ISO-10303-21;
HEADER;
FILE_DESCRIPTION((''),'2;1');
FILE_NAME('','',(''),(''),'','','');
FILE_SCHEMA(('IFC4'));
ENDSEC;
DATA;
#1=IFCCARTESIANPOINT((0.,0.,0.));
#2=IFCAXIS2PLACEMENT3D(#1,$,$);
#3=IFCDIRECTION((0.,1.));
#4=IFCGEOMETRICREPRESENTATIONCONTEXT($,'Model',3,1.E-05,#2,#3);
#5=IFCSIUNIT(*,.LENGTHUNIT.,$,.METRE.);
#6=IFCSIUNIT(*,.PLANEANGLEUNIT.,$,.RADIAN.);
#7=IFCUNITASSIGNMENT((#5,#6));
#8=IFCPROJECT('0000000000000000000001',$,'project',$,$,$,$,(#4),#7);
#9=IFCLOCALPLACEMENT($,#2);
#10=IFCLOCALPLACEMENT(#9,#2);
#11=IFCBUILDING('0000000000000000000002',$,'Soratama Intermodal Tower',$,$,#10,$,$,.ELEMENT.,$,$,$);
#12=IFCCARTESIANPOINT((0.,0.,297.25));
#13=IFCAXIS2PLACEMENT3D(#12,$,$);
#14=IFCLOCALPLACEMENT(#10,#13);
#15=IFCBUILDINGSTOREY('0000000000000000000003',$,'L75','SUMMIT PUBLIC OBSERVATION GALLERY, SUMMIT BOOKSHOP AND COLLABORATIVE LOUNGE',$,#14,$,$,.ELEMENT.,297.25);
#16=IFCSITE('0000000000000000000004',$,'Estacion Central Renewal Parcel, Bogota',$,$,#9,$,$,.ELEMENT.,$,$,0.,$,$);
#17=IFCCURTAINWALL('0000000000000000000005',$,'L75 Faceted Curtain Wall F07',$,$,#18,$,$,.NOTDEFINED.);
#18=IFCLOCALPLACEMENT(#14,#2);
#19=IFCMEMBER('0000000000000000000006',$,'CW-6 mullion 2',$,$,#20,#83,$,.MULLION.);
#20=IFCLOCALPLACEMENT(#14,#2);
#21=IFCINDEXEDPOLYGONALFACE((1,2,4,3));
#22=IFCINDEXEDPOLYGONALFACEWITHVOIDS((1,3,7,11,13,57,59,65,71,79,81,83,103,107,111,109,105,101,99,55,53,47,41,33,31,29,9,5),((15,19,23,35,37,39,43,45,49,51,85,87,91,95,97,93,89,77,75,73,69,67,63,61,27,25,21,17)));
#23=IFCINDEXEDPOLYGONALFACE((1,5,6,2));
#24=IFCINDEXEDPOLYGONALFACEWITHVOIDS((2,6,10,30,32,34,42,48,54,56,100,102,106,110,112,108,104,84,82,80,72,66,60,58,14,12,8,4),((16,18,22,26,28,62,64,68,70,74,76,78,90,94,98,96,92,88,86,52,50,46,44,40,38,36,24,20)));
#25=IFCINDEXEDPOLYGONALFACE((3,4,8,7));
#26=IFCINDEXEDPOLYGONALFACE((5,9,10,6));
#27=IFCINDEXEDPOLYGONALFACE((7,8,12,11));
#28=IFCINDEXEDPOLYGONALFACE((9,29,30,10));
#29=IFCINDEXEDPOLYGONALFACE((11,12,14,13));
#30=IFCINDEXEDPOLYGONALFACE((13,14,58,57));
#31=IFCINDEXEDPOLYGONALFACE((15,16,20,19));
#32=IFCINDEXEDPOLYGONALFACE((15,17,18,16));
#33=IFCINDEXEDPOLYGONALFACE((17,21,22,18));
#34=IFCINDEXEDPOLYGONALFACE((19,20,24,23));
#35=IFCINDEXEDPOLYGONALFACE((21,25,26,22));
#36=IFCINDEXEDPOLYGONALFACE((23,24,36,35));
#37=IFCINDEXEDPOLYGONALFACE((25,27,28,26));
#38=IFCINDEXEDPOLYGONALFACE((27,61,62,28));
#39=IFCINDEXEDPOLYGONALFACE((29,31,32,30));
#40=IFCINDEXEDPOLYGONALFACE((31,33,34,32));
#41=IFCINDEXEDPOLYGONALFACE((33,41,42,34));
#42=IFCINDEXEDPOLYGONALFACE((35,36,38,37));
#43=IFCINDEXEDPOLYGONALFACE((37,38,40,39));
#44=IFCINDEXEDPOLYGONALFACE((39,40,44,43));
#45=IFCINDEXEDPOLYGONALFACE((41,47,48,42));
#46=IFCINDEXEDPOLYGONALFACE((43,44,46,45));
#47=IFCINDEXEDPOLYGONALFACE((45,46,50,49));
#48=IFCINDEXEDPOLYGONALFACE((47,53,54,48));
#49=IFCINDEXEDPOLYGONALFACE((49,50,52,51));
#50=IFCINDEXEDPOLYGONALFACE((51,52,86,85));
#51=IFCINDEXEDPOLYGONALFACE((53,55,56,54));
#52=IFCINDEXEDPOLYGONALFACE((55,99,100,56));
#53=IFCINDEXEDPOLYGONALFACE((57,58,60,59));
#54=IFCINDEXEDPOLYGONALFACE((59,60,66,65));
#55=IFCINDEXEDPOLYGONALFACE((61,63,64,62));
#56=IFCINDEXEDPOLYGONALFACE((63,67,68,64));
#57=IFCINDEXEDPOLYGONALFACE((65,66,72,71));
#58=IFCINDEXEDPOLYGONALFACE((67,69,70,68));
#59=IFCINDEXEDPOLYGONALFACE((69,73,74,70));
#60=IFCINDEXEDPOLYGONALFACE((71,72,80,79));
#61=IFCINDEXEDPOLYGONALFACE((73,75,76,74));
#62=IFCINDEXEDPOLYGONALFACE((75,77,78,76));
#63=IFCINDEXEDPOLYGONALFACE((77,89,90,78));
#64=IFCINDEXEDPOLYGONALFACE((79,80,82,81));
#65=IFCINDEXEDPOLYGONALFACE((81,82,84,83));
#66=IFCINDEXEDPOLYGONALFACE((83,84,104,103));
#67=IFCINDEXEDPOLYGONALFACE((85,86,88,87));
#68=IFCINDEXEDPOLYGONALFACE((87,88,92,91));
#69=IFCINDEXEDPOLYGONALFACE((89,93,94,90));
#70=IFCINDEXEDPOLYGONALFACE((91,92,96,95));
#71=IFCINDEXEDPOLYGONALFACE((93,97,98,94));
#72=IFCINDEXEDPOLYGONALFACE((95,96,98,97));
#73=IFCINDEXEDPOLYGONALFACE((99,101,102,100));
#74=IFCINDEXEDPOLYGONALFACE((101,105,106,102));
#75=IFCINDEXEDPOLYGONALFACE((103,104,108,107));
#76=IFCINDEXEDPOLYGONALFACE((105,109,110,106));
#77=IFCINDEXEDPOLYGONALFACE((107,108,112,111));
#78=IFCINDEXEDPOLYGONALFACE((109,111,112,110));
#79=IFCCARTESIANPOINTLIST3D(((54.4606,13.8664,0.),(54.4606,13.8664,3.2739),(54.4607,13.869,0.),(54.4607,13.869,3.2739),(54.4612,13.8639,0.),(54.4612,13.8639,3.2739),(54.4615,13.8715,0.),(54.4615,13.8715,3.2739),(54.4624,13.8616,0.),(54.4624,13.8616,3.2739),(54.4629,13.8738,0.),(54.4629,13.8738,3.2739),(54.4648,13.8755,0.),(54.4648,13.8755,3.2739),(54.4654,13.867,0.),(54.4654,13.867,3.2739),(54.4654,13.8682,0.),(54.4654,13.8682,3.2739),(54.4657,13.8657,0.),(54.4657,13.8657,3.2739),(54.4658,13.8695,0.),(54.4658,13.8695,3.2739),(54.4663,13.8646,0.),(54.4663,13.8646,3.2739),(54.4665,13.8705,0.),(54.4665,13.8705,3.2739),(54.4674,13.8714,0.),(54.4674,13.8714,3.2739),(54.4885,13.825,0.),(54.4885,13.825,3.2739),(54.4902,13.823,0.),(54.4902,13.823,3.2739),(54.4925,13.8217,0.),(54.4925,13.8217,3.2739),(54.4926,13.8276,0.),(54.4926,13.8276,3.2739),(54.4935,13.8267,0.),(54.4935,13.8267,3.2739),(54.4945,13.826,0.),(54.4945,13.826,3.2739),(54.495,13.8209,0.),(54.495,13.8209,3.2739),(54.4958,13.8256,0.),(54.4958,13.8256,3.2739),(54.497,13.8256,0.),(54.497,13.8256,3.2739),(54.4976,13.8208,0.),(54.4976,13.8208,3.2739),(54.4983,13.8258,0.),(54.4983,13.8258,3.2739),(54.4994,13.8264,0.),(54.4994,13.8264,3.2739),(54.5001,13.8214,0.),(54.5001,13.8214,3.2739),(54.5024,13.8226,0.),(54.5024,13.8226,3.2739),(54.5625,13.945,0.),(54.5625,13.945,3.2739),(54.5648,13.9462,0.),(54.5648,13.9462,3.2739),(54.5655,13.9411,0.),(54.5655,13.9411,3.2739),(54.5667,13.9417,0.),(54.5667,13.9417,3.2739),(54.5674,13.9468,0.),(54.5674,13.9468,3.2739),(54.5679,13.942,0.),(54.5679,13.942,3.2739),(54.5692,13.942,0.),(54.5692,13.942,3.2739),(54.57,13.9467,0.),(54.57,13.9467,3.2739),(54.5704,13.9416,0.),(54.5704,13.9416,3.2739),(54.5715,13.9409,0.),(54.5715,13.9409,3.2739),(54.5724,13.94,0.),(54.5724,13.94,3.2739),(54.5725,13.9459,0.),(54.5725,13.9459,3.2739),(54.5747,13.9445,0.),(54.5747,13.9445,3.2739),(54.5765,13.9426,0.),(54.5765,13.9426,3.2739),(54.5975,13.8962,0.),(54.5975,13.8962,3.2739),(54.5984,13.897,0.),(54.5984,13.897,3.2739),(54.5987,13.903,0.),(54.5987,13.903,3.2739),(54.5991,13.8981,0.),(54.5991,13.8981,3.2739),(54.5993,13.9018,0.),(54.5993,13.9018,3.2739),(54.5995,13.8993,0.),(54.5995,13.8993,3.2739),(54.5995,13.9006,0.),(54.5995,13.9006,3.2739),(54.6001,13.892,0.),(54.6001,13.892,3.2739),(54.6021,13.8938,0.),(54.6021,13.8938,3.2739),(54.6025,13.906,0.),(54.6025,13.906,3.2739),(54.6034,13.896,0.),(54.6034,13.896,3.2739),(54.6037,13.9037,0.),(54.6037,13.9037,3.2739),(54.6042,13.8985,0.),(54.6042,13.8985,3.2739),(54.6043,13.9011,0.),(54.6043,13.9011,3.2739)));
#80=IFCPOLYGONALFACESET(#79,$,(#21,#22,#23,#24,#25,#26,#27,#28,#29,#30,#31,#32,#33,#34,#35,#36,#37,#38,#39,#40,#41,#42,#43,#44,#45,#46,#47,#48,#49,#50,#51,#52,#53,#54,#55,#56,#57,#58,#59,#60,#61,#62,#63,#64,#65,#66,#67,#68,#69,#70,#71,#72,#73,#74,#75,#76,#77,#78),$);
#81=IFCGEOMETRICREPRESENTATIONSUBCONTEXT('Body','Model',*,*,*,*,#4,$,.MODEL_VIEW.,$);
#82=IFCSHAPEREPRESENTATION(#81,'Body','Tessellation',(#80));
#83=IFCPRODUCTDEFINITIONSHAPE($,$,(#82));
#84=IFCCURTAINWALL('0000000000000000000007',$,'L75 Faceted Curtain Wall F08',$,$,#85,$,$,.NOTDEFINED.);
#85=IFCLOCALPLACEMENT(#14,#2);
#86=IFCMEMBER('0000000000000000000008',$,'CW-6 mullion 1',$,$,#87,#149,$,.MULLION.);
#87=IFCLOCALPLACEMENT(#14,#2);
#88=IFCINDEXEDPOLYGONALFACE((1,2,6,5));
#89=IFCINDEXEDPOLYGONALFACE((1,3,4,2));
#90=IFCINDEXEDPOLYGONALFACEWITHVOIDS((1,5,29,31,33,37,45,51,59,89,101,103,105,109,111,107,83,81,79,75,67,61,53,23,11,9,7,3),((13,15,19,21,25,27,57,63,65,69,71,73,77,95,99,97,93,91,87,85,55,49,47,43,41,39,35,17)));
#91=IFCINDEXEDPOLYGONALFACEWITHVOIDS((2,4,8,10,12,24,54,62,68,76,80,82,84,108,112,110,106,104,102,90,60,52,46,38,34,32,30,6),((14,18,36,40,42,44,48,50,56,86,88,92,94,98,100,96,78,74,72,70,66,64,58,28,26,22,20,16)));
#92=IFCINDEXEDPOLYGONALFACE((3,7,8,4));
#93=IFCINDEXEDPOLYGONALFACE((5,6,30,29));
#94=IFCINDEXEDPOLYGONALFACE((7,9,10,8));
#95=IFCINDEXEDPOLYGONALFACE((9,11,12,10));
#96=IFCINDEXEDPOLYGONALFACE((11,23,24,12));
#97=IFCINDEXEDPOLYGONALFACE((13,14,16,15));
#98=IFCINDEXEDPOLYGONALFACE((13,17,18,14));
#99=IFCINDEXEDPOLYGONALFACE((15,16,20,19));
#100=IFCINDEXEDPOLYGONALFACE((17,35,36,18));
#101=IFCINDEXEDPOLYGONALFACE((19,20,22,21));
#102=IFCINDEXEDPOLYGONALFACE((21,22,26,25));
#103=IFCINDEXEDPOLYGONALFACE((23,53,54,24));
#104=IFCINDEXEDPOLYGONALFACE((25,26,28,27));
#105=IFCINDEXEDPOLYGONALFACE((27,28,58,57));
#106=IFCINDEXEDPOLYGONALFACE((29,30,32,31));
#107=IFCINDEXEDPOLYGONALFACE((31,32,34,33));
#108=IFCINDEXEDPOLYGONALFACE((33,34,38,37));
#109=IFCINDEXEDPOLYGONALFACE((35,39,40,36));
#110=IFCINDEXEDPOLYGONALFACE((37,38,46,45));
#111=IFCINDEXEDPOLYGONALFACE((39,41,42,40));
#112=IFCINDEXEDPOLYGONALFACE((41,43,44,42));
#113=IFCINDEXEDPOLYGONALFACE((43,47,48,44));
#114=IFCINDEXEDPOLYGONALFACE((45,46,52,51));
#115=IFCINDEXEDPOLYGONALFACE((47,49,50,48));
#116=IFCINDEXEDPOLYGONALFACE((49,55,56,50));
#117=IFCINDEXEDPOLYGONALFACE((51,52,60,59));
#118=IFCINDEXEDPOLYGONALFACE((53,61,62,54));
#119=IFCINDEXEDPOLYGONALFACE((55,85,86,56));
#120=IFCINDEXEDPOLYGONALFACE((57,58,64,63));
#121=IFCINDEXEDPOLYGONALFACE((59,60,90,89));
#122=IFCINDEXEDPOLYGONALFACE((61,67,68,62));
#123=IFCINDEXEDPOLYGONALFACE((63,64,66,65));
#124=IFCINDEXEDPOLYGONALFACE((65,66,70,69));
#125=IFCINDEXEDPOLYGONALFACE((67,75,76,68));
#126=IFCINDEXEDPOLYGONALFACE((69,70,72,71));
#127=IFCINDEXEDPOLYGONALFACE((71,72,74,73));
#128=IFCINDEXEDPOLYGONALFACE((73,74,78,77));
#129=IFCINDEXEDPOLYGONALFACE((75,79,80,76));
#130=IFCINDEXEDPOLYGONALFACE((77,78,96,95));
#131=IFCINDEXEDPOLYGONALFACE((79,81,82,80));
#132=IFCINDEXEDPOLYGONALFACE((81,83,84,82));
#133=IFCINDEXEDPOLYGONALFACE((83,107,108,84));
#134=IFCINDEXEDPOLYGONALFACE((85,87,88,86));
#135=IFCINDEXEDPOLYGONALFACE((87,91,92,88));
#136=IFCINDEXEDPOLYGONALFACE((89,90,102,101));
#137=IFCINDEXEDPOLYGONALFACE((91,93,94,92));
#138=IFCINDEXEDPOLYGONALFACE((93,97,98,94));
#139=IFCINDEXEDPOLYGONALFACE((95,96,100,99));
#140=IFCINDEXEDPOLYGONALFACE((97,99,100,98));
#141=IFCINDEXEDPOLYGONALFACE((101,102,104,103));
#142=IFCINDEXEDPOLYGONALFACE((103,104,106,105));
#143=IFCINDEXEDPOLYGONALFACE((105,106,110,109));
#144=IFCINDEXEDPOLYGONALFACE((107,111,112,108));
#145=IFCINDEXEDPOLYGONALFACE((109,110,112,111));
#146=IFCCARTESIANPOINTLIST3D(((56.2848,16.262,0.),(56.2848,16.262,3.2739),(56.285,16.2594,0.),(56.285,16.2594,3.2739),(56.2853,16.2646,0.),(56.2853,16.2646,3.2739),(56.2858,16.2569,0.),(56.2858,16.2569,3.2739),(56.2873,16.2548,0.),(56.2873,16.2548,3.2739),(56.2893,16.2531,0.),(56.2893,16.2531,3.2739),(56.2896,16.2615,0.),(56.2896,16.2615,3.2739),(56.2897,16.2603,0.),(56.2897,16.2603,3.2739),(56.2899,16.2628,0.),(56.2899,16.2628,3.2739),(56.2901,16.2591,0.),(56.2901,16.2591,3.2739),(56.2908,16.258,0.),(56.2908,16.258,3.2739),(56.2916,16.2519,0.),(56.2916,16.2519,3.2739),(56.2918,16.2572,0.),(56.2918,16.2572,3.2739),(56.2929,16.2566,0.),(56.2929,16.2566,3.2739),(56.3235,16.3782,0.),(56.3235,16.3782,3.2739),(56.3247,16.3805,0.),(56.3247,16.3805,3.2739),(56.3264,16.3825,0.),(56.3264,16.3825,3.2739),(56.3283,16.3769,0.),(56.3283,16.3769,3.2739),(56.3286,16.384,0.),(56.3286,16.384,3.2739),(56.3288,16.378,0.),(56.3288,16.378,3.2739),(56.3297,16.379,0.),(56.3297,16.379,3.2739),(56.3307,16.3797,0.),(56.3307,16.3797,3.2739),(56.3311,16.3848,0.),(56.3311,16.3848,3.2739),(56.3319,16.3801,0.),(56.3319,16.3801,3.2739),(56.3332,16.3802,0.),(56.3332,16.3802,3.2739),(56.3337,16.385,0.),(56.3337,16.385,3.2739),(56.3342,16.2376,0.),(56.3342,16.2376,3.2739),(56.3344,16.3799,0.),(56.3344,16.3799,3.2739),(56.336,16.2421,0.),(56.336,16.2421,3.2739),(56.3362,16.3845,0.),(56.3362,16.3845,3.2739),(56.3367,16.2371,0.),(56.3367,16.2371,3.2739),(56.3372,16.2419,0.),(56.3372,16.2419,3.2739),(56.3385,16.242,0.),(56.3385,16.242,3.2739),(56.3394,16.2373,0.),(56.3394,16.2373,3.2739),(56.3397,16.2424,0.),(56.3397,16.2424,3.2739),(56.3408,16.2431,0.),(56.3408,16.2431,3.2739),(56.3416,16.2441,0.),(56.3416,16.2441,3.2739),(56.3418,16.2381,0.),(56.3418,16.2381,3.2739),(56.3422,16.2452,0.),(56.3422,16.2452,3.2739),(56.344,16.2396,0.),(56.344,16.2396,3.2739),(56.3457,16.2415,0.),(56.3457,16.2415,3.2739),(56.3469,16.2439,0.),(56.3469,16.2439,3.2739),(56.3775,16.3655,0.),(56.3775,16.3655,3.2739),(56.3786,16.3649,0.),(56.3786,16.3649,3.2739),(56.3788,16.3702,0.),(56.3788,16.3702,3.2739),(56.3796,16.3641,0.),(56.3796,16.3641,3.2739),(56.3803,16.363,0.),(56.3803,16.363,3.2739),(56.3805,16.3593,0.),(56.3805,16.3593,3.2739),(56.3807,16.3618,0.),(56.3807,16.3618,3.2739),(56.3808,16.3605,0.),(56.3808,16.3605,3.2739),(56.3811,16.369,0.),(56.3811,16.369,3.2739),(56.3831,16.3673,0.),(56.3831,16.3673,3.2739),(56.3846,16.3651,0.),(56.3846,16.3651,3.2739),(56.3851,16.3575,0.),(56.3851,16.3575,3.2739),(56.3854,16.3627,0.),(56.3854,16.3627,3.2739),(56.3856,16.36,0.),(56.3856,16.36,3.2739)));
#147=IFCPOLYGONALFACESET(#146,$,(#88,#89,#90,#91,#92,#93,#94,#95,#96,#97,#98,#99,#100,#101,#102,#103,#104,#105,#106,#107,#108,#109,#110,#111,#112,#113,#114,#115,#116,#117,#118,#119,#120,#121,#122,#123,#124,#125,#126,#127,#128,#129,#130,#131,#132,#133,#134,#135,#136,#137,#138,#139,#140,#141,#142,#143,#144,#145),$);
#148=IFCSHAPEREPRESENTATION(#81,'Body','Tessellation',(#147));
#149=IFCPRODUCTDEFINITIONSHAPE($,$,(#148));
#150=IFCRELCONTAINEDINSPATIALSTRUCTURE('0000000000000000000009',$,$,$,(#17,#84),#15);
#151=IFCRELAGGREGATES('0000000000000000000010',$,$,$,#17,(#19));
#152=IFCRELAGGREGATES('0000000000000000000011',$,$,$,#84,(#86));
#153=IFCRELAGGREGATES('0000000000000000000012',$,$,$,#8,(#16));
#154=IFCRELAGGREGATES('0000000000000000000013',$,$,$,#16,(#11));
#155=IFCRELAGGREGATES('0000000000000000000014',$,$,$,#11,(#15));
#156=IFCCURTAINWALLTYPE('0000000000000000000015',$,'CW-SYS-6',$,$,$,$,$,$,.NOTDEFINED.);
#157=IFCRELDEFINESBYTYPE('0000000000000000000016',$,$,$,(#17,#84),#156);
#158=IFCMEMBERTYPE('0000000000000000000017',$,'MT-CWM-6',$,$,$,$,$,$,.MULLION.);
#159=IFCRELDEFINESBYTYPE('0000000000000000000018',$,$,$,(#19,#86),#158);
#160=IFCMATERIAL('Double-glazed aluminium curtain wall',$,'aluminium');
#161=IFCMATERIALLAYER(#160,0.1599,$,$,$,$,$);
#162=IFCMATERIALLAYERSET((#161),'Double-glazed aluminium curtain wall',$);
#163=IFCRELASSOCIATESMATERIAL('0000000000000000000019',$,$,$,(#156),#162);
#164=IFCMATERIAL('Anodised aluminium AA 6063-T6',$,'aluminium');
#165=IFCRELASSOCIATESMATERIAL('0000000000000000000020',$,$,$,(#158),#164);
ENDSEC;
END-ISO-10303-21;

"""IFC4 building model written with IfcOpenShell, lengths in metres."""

from ifc_helpers import new_model, si_unit, direction, frame, origin, origin_2d, place, context, subcontext, project, spatial, hollow_rectangle, extrude, material, layer, layer_set, material_profile, profile_set, type_object, element, aggregate, save


model = new_model("IFC4")

# Units and contexts
model_context = context("Model", 3, precision=1e-05, world=origin(), true_north=direction((0.0, 1.0)))
body_context = subcontext(model_context, "Body", "Model", "MODEL_VIEW")
ifc_project = project(units=[si_unit("LENGTHUNIT", "METRE"), si_unit("PLANEANGLEUNIT", "RADIAN")], contexts=[model_context])

# Site, building, storey
site_placement = place(None, origin())
site = spatial("IfcSite", under=ifc_project, at=site_placement, Name="Estacion Central Renewal Parcel, Bogota", CompositionType="ELEMENT", RefElevation=0.0)
building_placement = place(site_placement, origin())
building = spatial("IfcBuilding", under=site, at=building_placement, Name="Soratama Intermodal Tower", CompositionType="ELEMENT")
storey_placement = place(building_placement, frame((0.0, 0.0, 297.25)))
storey = spatial("IfcBuildingStorey", under=building, at=storey_placement, Name="L75", Description="SUMMIT PUBLIC OBSERVATION GALLERY, SUMMIT BOOKSHOP AND COLLABORATIVE LOUNGE", CompositionType="ELEMENT", Elevation=297.25)

# Curtain walls, members
ifc_material_1 = material(Name="Double-glazed aluminium curtain wall", Category="aluminium")
ifc_layer_1 = layer(ifc_material_1, 0.1599)
ifc_layer_set_1 = layer_set([ifc_layer_1], Name="Double-glazed aluminium curtain wall")
curtain_wall_type = type_object("IfcCurtainWallType", Name="CW-SYS-6", PredefinedType="NOTDEFINED", material=ifc_layer_set_1)
curtain_wall_1_placement = place(storey_placement, origin())
curtain_wall_1 = element("IfcCurtainWall", 1, at=curtain_wall_1_placement, inside=storey, type_object=curtain_wall_type, Name="L75 Faceted Curtain Wall F07", PredefinedType="NOTDEFINED")
ifc_material_2 = material(Name="Anodised aluminium AA 6063-T6", Category="aluminium")
ifc_material_profile_1 = material_profile(ifc_material_2, hollow_rectangle(XDim=0.0649, YDim=0.1399, WallThickness=0.0049, InnerFilletRadius=0.0049, OuterFilletRadius=0.01, at=origin_2d()), Name="CWM140X65X5")
ifc_profile_set_1 = profile_set([ifc_material_profile_1], Name="Anodised aluminium AA 6063-T6")
member_type_1 = type_object("IfcMemberType", Name="MT-CWM-6", PredefinedType="MULLION", material=ifc_profile_set_1)
member_1_placement = place(storey_placement, frame((54.5325, 13.8838, 0.0), z_axis=(0.0, 0.0, 1.0), x_axis=(-0.579286, 0.815124, 0.0)))
member_1 = element("IfcMember", 2, at=member_1_placement, type_object=member_type_1, Name="CW-6 mullion 2", PredefinedType="MULLION", context=body_context, shape_type="SweptSolid", body=[
    extrude(hollow_rectangle(XDim=0.0649, YDim=0.1399, WallThickness=0.0049, InnerFilletRadius=0.0049, OuterFilletRadius=0.01, at=origin_2d()), origin(), (0.0, 0.0, 1.0), 3.2739),
])
curtain_wall_2_placement = place(storey_placement, origin())
curtain_wall_2 = element("IfcCurtainWall", 3, at=curtain_wall_2_placement, inside=storey, type_object=curtain_wall_type, Name="L75 Faceted Curtain Wall F08", PredefinedType="NOTDEFINED")
member_2_placement = place(storey_placement, frame((56.3352, 16.311, 0.0), z_axis=(0.0, 0.0, 1.0), x_axis=(-0.947768, 0.318961, 0.0)))
member_2 = element("IfcMember", 4, at=member_2_placement, type_object=member_type_1, Name="CW-6 mullion 1", PredefinedType="MULLION", context=body_context, shape_type="SweptSolid", body=[
    extrude(hollow_rectangle(XDim=0.0649, YDim=0.1399, WallThickness=0.0049, InnerFilletRadius=0.0049, OuterFilletRadius=0.01, at=origin_2d()), origin(), (0.0, 0.0, 1.0), 3.2739),
])

aggregate(curtain_wall_1, [member_1])
aggregate(curtain_wall_2, [member_2])

save(model, "model.ifc")
